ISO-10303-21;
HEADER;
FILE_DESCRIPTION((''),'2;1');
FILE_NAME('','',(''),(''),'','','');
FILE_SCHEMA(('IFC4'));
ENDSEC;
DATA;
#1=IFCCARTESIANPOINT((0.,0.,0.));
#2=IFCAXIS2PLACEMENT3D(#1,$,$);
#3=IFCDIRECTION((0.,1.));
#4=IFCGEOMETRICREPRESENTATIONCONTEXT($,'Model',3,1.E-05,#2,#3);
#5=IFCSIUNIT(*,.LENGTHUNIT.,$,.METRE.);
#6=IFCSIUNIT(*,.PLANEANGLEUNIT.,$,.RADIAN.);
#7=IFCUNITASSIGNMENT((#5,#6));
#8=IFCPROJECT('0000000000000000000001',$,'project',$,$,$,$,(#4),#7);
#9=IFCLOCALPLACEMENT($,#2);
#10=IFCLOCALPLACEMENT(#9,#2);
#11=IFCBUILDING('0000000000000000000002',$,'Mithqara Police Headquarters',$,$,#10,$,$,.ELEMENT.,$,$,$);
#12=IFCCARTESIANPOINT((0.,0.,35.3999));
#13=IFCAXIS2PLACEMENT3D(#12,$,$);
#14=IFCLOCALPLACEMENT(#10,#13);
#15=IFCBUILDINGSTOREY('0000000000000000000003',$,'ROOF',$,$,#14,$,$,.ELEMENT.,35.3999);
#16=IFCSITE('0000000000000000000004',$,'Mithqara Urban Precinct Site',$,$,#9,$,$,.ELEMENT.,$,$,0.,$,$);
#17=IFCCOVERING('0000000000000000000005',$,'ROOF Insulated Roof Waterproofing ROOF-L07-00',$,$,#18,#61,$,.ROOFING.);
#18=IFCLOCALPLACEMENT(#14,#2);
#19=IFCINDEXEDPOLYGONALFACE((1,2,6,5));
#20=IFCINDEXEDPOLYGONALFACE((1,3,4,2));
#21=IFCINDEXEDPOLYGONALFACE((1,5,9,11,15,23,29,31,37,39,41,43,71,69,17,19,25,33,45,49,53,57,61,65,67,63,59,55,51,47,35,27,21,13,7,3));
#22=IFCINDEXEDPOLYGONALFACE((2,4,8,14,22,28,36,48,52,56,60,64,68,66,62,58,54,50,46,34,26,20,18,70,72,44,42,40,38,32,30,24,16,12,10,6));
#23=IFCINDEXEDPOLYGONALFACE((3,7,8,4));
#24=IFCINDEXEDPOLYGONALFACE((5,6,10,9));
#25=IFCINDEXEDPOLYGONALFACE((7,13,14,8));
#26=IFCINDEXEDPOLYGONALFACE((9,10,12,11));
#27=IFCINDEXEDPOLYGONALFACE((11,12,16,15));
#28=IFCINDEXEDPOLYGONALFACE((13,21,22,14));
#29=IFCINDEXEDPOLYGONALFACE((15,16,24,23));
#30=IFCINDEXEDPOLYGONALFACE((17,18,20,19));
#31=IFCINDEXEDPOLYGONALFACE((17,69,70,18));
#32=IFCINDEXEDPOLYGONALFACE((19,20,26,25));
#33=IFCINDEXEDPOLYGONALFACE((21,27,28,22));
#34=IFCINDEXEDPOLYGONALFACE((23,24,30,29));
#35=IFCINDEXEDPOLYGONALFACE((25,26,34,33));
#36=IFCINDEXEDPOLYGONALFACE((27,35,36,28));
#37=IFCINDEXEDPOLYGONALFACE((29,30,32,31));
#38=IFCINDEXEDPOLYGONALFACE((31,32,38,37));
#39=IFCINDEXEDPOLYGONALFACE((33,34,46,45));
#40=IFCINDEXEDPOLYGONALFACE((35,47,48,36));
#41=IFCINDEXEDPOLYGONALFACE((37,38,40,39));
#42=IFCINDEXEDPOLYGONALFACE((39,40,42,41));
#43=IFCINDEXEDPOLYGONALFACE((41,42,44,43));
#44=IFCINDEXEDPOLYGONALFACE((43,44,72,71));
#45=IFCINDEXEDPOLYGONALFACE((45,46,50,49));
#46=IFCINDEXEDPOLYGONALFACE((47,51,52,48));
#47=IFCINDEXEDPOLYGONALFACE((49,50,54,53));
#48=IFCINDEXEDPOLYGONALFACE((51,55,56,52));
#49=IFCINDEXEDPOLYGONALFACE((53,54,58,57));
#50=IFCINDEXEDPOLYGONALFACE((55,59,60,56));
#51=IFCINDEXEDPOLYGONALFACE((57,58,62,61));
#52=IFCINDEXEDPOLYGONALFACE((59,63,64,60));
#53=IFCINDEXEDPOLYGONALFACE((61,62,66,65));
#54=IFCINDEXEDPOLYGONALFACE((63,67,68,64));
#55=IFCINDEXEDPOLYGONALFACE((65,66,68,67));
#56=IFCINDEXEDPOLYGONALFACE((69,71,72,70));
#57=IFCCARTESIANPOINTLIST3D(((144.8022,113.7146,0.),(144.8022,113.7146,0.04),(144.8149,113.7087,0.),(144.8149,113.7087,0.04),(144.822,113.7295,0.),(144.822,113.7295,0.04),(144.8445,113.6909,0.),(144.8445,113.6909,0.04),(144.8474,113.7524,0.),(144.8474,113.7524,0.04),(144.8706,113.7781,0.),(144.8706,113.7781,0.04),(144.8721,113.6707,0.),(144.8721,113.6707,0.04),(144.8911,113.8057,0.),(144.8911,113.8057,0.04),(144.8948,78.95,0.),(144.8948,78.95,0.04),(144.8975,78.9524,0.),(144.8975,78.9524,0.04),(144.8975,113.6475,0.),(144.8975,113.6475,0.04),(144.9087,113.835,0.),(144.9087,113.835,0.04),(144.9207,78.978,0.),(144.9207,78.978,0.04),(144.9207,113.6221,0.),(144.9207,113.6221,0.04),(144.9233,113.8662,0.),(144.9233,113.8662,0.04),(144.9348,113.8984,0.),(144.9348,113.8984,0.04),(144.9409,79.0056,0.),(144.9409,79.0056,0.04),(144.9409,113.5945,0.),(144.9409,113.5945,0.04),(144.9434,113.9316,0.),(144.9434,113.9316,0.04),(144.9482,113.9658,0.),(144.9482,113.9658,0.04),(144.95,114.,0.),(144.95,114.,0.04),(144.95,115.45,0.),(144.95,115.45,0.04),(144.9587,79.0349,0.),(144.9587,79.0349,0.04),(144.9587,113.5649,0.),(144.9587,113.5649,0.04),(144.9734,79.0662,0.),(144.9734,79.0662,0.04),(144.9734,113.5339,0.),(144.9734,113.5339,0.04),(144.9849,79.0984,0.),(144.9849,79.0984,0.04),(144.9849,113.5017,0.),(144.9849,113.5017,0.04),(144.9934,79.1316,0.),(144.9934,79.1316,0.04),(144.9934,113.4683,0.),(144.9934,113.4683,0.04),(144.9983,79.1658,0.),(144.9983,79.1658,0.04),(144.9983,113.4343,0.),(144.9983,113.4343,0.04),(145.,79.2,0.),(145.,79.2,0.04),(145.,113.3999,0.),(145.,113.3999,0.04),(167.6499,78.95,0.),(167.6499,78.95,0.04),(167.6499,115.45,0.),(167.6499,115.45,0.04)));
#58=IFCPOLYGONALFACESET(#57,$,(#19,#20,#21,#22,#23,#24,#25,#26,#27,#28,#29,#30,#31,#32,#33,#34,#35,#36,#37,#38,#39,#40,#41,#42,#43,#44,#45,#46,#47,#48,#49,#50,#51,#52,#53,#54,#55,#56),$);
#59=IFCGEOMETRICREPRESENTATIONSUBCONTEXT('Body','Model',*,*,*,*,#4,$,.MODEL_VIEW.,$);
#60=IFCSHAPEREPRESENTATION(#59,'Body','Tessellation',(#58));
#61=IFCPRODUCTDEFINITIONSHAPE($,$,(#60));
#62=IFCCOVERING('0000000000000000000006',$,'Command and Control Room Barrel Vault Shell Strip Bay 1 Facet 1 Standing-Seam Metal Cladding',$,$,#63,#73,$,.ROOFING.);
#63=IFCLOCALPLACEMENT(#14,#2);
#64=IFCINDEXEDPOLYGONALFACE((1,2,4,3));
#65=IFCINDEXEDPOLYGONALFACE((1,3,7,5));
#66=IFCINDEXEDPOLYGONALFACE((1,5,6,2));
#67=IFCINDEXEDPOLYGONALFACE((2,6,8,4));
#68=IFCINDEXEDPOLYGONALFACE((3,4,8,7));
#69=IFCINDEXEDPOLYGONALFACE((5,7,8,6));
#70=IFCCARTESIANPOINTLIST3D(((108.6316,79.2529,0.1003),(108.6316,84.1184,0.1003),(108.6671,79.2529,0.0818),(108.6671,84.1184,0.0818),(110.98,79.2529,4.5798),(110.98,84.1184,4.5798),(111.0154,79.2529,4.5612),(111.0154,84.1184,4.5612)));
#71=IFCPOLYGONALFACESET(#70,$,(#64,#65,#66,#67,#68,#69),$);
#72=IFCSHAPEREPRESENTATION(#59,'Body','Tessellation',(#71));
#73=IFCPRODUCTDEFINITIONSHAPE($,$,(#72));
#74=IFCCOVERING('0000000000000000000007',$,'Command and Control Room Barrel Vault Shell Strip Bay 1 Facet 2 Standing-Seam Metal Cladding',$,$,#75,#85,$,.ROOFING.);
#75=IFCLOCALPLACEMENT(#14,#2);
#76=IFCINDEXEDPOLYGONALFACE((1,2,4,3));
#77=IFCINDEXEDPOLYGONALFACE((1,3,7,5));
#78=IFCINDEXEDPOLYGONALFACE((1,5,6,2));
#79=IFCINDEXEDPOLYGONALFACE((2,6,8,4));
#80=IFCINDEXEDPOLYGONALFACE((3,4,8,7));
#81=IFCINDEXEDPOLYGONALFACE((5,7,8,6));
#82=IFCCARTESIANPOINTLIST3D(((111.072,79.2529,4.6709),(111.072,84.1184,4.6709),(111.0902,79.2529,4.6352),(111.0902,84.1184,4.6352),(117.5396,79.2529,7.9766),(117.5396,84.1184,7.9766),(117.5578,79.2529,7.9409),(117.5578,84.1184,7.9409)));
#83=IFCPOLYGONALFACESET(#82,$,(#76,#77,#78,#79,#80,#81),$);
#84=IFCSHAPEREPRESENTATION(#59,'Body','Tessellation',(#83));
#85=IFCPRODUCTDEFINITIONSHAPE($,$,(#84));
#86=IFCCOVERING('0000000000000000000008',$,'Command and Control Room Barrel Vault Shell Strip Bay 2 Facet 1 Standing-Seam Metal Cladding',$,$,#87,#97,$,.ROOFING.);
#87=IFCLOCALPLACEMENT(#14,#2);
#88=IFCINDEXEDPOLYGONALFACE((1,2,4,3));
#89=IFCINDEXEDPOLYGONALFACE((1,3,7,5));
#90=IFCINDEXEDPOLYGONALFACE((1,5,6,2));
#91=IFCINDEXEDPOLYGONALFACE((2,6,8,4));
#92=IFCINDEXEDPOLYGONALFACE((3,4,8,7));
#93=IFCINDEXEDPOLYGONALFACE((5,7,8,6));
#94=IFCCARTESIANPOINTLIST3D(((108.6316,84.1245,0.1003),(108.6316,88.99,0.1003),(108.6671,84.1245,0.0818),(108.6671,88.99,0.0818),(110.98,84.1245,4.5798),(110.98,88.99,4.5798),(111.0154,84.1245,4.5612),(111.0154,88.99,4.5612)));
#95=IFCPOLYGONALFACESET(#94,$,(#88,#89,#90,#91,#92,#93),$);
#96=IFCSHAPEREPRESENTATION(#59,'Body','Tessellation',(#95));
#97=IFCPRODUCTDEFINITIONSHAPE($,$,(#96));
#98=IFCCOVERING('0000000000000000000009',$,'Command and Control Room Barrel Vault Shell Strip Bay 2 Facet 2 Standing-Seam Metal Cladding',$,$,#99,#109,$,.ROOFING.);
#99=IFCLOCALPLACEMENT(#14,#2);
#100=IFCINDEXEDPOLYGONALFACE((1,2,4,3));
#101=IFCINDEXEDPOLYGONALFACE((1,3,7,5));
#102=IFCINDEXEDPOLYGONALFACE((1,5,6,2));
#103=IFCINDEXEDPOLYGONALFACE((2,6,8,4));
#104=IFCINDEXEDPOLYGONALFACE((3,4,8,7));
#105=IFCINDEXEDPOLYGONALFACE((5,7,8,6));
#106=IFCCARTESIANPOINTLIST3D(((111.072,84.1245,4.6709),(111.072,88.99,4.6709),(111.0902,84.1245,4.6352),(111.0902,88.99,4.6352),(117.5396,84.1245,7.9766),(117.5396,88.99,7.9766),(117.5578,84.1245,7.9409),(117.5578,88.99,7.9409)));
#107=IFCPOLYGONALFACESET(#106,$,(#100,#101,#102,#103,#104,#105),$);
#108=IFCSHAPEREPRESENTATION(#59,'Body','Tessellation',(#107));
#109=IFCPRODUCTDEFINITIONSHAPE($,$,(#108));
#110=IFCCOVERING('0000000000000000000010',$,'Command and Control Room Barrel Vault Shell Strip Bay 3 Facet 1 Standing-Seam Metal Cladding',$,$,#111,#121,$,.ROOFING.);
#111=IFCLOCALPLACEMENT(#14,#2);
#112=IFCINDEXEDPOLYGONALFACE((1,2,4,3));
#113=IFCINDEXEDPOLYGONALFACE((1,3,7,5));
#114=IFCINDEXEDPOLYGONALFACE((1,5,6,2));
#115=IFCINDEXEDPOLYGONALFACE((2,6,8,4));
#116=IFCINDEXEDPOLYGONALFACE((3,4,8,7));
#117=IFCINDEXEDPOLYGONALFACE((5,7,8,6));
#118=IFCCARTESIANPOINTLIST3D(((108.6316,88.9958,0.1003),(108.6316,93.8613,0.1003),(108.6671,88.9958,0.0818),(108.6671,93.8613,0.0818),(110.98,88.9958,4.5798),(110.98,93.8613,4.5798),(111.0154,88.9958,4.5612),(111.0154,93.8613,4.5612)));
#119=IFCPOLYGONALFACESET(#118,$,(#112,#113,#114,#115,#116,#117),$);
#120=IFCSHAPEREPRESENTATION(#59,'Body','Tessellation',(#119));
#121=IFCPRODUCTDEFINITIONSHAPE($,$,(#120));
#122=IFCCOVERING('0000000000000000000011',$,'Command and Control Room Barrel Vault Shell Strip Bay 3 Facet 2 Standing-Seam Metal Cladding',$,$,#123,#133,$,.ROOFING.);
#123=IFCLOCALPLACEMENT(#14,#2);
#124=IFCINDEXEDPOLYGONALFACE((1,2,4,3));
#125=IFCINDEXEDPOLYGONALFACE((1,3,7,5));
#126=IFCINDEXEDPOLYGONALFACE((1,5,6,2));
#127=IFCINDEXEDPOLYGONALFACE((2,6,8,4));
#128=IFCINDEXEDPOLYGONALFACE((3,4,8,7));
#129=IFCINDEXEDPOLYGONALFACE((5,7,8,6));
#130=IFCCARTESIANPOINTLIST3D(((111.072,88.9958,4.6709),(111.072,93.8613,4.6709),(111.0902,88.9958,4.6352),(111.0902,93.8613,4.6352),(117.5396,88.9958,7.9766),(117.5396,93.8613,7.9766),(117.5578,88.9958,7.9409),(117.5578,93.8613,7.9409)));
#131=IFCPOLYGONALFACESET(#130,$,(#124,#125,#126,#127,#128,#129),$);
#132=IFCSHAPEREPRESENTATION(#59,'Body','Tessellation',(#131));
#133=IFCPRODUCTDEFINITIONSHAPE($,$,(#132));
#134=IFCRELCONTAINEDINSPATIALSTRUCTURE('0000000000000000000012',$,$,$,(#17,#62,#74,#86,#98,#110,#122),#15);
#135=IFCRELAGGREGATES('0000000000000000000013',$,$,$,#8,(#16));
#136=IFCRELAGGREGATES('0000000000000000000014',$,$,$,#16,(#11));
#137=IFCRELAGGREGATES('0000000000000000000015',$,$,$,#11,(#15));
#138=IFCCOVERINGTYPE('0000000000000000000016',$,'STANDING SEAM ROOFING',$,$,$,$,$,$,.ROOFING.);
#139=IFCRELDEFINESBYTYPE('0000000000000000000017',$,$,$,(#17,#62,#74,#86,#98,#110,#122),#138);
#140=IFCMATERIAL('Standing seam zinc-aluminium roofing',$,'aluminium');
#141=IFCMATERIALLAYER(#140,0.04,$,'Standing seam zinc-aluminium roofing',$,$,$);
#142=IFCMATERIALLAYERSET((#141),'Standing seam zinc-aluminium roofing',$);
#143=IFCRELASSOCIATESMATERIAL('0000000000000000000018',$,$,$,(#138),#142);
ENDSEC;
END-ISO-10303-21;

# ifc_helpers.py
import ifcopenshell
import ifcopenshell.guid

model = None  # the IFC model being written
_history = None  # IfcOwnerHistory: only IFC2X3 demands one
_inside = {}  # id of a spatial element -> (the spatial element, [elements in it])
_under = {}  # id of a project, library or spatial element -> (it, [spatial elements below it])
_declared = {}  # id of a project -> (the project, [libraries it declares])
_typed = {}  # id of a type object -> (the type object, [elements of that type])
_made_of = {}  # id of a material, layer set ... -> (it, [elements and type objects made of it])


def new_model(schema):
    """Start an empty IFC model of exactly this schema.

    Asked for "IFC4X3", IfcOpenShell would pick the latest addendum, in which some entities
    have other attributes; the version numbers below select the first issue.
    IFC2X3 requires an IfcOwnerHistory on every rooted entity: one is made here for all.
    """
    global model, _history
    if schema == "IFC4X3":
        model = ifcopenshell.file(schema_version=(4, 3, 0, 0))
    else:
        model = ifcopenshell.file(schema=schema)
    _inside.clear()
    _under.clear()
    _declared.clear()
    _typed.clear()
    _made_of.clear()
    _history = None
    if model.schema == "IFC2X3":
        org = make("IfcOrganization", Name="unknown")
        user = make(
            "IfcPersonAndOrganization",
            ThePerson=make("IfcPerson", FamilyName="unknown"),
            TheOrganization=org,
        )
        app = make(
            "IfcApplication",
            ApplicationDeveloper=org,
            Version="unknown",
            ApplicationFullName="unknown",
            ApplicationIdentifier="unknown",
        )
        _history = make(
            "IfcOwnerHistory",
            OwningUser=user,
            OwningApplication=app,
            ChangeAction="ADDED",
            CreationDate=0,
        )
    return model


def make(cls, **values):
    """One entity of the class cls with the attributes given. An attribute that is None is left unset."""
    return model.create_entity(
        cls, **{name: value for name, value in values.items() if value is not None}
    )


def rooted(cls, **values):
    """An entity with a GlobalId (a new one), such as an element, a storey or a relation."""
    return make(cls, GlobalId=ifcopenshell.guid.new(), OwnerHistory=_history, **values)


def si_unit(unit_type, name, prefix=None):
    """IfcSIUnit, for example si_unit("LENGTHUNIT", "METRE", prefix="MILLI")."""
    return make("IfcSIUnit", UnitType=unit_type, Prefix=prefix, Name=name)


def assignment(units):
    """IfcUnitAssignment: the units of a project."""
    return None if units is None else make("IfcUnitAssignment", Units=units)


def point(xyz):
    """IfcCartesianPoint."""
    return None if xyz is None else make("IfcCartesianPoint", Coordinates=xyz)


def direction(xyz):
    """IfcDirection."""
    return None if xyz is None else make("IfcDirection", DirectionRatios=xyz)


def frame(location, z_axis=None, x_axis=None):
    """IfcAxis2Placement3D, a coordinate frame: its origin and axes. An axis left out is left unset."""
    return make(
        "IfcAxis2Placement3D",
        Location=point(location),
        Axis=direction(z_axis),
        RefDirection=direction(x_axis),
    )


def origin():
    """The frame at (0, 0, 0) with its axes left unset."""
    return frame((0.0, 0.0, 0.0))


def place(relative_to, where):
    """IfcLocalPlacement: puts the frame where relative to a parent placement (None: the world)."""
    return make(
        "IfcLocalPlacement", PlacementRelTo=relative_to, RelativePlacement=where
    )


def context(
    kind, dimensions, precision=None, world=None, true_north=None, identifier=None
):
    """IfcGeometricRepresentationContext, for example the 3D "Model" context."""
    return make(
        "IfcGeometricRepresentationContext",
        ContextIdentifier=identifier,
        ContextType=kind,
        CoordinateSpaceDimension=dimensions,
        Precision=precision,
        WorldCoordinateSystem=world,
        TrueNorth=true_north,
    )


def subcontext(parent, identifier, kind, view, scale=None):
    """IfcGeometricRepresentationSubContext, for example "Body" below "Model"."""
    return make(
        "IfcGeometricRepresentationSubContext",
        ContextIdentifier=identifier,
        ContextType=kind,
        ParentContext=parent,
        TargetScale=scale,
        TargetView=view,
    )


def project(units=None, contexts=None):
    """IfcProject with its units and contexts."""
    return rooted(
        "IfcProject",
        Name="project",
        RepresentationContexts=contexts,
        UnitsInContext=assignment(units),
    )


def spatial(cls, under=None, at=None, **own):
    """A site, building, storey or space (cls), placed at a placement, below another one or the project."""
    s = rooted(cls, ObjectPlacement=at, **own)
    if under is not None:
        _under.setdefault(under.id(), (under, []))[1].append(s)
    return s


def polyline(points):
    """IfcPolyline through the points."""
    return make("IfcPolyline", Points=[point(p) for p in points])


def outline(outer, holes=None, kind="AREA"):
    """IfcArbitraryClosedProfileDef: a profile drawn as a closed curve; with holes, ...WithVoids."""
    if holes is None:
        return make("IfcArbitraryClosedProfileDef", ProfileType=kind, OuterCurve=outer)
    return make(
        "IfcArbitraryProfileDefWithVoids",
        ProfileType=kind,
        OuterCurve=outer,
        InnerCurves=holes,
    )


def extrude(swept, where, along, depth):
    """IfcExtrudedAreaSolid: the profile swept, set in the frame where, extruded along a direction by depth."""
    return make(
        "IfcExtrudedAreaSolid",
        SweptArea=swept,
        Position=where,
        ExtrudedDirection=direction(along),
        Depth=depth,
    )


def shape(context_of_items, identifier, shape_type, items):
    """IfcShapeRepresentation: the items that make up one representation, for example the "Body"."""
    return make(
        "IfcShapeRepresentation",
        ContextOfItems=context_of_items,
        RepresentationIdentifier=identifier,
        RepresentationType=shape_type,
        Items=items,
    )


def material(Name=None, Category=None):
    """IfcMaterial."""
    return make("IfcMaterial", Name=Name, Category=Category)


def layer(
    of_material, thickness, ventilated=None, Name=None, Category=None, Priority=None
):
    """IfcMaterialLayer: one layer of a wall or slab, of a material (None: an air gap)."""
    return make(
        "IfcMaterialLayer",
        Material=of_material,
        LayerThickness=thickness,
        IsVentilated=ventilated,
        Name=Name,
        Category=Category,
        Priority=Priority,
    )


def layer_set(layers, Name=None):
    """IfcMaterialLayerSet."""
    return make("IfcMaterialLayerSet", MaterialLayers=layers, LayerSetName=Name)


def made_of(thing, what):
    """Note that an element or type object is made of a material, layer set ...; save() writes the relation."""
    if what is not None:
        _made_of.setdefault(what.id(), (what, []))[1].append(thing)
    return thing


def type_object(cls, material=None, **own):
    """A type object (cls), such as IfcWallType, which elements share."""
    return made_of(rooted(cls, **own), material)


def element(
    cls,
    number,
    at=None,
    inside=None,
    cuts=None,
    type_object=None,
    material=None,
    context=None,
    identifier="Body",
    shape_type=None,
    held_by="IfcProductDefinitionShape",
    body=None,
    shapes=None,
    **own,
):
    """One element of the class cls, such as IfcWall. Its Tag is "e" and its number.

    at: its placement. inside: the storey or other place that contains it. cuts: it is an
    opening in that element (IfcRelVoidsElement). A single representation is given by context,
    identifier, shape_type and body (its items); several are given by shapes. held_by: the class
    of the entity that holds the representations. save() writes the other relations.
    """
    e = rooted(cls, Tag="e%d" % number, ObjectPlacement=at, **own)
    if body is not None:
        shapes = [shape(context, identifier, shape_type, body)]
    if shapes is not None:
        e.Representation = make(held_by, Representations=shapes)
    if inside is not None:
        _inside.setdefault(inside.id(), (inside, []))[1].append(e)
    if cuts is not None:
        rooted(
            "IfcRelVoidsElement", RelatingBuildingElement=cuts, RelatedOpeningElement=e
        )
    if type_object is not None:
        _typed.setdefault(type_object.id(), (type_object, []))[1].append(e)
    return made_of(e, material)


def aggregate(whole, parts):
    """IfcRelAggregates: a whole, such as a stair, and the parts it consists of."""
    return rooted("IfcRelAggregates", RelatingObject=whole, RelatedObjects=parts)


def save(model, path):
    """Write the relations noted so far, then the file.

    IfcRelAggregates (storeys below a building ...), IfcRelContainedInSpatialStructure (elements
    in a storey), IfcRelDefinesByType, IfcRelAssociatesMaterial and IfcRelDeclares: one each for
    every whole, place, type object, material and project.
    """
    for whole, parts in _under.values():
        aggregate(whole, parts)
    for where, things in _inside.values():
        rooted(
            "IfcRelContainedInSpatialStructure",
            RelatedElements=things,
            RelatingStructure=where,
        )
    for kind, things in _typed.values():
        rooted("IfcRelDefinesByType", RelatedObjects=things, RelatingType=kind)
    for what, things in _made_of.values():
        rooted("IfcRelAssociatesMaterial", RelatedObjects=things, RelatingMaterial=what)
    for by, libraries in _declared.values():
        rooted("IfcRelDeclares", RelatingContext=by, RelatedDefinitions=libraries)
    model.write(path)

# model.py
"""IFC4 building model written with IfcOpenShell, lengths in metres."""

from ifc_helpers import new_model, si_unit, direction, frame, origin, place, context, subcontext, project, spatial, polyline, outline, extrude, material, layer, layer_set, type_object, element, save


model = new_model("IFC4")

# Units and contexts
model_context = context("Model", 3, precision=1e-05, world=origin(), true_north=direction((0.0, 1.0)))
body_context = subcontext(model_context, "Body", "Model", "MODEL_VIEW")
ifc_project = project(units=[si_unit("LENGTHUNIT", "METRE"), si_unit("PLANEANGLEUNIT", "RADIAN")], contexts=[model_context])

# Site, building, storey
site_placement = place(None, origin())
site = spatial("IfcSite", under=ifc_project, at=site_placement, Name="Mithqara Urban Precinct Site", CompositionType="ELEMENT", RefElevation=0.0)
building_placement = place(site_placement, origin())
building = spatial("IfcBuilding", under=site, at=building_placement, Name="Mithqara Police Headquarters", CompositionType="ELEMENT")
storey_placement = place(building_placement, frame((0.0, 0.0, 35.3999)))
storey = spatial("IfcBuildingStorey", under=building, at=storey_placement, Name="ROOF", CompositionType="ELEMENT", Elevation=35.3999)

# Coverings
ifc_material_1 = material(Name="Standing seam zinc-aluminium roofing", Category="aluminium")
ifc_layer_1 = layer(ifc_material_1, 0.04, Name="Standing seam zinc-aluminium roofing")
ifc_layer_set_1 = layer_set([ifc_layer_1], Name="Standing seam zinc-aluminium roofing")
covering_type_1 = type_object("IfcCoveringType", Name="STANDING SEAM ROOFING", PredefinedType="ROOFING", material=ifc_layer_set_1)
covering_1_placement = place(storey_placement, origin())
element("IfcCovering", 1, at=covering_1_placement, inside=storey, type_object=covering_type_1, Name="ROOF Insulated Roof Waterproofing ROOF-L07-00", PredefinedType="ROOFING", context=body_context, shape_type="SweptSolid", body=[
    extrude(outline(polyline([(144.8948, 78.95), (144.8975, 78.9524), (144.9207, 78.978), (144.9409, 79.0056), (144.9587, 79.0349), (144.9734, 79.0662), (144.9849, 79.0984), (144.9934, 79.1316), (144.9983, 79.1658), (145.0, 79.2), (145.0, 113.3999), (144.9983, 113.4343), (144.9934, 113.4683), (144.9849, 113.5017), (144.9734, 113.5339), (144.9587, 113.5649), (144.9409, 113.5945), (144.9207, 113.6221), (144.8975, 113.6475), (144.8721, 113.6707), (144.8445, 113.6909), (144.8149, 113.7087), (144.8022, 113.7146), (144.822, 113.7295), (144.8474, 113.7524), (144.8706, 113.7781), (144.8911, 113.8057), (144.9087, 113.835), (144.9233, 113.8662), (144.9348, 113.8984), (144.9434, 113.9316), (144.9482, 113.9658), (144.95, 114.0), (144.95, 115.45), (167.6499, 115.45), (167.6499, 78.95), (144.8948, 78.95)])), origin(), (0.0, 0.0, 1.0), 0.04),
])
covering_2_placement = place(storey_placement, frame((108.6316, 79.2529, 0.1003), z_axis=(-0.88567, 0.0, 0.464315), x_axis=(0.464315, 0.0, 0.88567)))
element("IfcCovering", 2, at=covering_2_placement, inside=storey, type_object=covering_type_1, Name="Command and Control Room Barrel Vault Shell Strip Bay 1 Facet 1 Standing-Seam Metal Cladding", PredefinedType="ROOFING", context=body_context, shape_type="SweptSolid", body=[
    extrude(outline(polyline([(0.0, 0.0), (5.0577, 0.0), (5.0577, 4.8655), (0.0, 4.8655), (0.0, 0.0)])), origin(), (0.0, 0.0, -1.0), 0.04),
])
covering_3_placement = place(storey_placement, frame((111.072, 79.2529, 4.6709), z_axis=(-0.455115, 0.0, 0.890433), x_axis=(0.890433, 0.0, 0.455115)))
element("IfcCovering", 3, at=covering_3_placement, inside=storey, type_object=covering_type_1, Name="Command and Control Room Barrel Vault Shell Strip Bay 1 Facet 2 Standing-Seam Metal Cladding", PredefinedType="ROOFING", context=body_context, shape_type="SweptSolid", body=[
    extrude(outline(polyline([(0.0, 0.0), (7.2634, 0.0), (7.2634, 4.8655), (0.0, 4.8655), (0.0, 0.0)])), origin(), (0.0, 0.0, -1.0), 0.04),
])
covering_4_placement = place(storey_placement, frame((108.6316, 84.1245, 0.1003), z_axis=(-0.88567, 0.0, 0.464315), x_axis=(0.464315, 0.0, 0.88567)))
element("IfcCovering", 4, at=covering_4_placement, inside=storey, type_object=covering_type_1, Name="Command and Control Room Barrel Vault Shell Strip Bay 2 Facet 1 Standing-Seam Metal Cladding", PredefinedType="ROOFING", context=body_context, shape_type="SweptSolid", body=[
    extrude(outline(polyline([(0.0, 0.0), (5.0577, 0.0), (5.0577, 4.8655), (0.0, 4.8655), (0.0, 0.0)])), origin(), (0.0, 0.0, -1.0), 0.04),
])
covering_5_placement = place(storey_placement, frame((111.072, 84.1245, 4.6709), z_axis=(-0.455115, 0.0, 0.890433), x_axis=(0.890433, 0.0, 0.455115)))
element("IfcCovering", 5, at=covering_5_placement, inside=storey, type_object=covering_type_1, Name="Command and Control Room Barrel Vault Shell Strip Bay 2 Facet 2 Standing-Seam Metal Cladding", PredefinedType="ROOFING", context=body_context, shape_type="SweptSolid", body=[
    extrude(outline(polyline([(0.0, 0.0), (7.2634, 0.0), (7.2634, 4.8655), (0.0, 4.8655), (0.0, 0.0)])), origin(), (0.0, 0.0, -1.0), 0.04),
])
covering_6_placement = place(storey_placement, frame((108.6316, 88.9958, 0.1003), z_axis=(-0.88567, 0.0, 0.464315), x_axis=(0.464315, 0.0, 0.88567)))
element("IfcCovering", 6, at=covering_6_placement, inside=storey, type_object=covering_type_1, Name="Command and Control Room Barrel Vault Shell Strip Bay 3 Facet 1 Standing-Seam Metal Cladding", PredefinedType="ROOFING", context=body_context, shape_type="SweptSolid", body=[
    extrude(outline(polyline([(0.0, 0.0), (5.0577, 0.0), (5.0577, 4.8655), (0.0, 4.8655), (0.0, 0.0)])), origin(), (0.0, 0.0, -1.0), 0.04),
])
covering_7_placement = place(storey_placement, frame((111.072, 88.9958, 4.6709), z_axis=(-0.455115, 0.0, 0.890433), x_axis=(0.890433, 0.0, 0.455115)))
element("IfcCovering", 7, at=covering_7_placement, inside=storey, type_object=covering_type_1, Name="Command and Control Room Barrel Vault Shell Strip Bay 3 Facet 2 Standing-Seam Metal Cladding", PredefinedType="ROOFING", context=body_context, shape_type="SweptSolid", body=[
    extrude(outline(polyline([(0.0, 0.0), (7.2634, 0.0), (7.2634, 4.8655), (0.0, 4.8655), (0.0, 0.0)])), origin(), (0.0, 0.0, -1.0), 0.04),
])

save(model, "model.ifc")
